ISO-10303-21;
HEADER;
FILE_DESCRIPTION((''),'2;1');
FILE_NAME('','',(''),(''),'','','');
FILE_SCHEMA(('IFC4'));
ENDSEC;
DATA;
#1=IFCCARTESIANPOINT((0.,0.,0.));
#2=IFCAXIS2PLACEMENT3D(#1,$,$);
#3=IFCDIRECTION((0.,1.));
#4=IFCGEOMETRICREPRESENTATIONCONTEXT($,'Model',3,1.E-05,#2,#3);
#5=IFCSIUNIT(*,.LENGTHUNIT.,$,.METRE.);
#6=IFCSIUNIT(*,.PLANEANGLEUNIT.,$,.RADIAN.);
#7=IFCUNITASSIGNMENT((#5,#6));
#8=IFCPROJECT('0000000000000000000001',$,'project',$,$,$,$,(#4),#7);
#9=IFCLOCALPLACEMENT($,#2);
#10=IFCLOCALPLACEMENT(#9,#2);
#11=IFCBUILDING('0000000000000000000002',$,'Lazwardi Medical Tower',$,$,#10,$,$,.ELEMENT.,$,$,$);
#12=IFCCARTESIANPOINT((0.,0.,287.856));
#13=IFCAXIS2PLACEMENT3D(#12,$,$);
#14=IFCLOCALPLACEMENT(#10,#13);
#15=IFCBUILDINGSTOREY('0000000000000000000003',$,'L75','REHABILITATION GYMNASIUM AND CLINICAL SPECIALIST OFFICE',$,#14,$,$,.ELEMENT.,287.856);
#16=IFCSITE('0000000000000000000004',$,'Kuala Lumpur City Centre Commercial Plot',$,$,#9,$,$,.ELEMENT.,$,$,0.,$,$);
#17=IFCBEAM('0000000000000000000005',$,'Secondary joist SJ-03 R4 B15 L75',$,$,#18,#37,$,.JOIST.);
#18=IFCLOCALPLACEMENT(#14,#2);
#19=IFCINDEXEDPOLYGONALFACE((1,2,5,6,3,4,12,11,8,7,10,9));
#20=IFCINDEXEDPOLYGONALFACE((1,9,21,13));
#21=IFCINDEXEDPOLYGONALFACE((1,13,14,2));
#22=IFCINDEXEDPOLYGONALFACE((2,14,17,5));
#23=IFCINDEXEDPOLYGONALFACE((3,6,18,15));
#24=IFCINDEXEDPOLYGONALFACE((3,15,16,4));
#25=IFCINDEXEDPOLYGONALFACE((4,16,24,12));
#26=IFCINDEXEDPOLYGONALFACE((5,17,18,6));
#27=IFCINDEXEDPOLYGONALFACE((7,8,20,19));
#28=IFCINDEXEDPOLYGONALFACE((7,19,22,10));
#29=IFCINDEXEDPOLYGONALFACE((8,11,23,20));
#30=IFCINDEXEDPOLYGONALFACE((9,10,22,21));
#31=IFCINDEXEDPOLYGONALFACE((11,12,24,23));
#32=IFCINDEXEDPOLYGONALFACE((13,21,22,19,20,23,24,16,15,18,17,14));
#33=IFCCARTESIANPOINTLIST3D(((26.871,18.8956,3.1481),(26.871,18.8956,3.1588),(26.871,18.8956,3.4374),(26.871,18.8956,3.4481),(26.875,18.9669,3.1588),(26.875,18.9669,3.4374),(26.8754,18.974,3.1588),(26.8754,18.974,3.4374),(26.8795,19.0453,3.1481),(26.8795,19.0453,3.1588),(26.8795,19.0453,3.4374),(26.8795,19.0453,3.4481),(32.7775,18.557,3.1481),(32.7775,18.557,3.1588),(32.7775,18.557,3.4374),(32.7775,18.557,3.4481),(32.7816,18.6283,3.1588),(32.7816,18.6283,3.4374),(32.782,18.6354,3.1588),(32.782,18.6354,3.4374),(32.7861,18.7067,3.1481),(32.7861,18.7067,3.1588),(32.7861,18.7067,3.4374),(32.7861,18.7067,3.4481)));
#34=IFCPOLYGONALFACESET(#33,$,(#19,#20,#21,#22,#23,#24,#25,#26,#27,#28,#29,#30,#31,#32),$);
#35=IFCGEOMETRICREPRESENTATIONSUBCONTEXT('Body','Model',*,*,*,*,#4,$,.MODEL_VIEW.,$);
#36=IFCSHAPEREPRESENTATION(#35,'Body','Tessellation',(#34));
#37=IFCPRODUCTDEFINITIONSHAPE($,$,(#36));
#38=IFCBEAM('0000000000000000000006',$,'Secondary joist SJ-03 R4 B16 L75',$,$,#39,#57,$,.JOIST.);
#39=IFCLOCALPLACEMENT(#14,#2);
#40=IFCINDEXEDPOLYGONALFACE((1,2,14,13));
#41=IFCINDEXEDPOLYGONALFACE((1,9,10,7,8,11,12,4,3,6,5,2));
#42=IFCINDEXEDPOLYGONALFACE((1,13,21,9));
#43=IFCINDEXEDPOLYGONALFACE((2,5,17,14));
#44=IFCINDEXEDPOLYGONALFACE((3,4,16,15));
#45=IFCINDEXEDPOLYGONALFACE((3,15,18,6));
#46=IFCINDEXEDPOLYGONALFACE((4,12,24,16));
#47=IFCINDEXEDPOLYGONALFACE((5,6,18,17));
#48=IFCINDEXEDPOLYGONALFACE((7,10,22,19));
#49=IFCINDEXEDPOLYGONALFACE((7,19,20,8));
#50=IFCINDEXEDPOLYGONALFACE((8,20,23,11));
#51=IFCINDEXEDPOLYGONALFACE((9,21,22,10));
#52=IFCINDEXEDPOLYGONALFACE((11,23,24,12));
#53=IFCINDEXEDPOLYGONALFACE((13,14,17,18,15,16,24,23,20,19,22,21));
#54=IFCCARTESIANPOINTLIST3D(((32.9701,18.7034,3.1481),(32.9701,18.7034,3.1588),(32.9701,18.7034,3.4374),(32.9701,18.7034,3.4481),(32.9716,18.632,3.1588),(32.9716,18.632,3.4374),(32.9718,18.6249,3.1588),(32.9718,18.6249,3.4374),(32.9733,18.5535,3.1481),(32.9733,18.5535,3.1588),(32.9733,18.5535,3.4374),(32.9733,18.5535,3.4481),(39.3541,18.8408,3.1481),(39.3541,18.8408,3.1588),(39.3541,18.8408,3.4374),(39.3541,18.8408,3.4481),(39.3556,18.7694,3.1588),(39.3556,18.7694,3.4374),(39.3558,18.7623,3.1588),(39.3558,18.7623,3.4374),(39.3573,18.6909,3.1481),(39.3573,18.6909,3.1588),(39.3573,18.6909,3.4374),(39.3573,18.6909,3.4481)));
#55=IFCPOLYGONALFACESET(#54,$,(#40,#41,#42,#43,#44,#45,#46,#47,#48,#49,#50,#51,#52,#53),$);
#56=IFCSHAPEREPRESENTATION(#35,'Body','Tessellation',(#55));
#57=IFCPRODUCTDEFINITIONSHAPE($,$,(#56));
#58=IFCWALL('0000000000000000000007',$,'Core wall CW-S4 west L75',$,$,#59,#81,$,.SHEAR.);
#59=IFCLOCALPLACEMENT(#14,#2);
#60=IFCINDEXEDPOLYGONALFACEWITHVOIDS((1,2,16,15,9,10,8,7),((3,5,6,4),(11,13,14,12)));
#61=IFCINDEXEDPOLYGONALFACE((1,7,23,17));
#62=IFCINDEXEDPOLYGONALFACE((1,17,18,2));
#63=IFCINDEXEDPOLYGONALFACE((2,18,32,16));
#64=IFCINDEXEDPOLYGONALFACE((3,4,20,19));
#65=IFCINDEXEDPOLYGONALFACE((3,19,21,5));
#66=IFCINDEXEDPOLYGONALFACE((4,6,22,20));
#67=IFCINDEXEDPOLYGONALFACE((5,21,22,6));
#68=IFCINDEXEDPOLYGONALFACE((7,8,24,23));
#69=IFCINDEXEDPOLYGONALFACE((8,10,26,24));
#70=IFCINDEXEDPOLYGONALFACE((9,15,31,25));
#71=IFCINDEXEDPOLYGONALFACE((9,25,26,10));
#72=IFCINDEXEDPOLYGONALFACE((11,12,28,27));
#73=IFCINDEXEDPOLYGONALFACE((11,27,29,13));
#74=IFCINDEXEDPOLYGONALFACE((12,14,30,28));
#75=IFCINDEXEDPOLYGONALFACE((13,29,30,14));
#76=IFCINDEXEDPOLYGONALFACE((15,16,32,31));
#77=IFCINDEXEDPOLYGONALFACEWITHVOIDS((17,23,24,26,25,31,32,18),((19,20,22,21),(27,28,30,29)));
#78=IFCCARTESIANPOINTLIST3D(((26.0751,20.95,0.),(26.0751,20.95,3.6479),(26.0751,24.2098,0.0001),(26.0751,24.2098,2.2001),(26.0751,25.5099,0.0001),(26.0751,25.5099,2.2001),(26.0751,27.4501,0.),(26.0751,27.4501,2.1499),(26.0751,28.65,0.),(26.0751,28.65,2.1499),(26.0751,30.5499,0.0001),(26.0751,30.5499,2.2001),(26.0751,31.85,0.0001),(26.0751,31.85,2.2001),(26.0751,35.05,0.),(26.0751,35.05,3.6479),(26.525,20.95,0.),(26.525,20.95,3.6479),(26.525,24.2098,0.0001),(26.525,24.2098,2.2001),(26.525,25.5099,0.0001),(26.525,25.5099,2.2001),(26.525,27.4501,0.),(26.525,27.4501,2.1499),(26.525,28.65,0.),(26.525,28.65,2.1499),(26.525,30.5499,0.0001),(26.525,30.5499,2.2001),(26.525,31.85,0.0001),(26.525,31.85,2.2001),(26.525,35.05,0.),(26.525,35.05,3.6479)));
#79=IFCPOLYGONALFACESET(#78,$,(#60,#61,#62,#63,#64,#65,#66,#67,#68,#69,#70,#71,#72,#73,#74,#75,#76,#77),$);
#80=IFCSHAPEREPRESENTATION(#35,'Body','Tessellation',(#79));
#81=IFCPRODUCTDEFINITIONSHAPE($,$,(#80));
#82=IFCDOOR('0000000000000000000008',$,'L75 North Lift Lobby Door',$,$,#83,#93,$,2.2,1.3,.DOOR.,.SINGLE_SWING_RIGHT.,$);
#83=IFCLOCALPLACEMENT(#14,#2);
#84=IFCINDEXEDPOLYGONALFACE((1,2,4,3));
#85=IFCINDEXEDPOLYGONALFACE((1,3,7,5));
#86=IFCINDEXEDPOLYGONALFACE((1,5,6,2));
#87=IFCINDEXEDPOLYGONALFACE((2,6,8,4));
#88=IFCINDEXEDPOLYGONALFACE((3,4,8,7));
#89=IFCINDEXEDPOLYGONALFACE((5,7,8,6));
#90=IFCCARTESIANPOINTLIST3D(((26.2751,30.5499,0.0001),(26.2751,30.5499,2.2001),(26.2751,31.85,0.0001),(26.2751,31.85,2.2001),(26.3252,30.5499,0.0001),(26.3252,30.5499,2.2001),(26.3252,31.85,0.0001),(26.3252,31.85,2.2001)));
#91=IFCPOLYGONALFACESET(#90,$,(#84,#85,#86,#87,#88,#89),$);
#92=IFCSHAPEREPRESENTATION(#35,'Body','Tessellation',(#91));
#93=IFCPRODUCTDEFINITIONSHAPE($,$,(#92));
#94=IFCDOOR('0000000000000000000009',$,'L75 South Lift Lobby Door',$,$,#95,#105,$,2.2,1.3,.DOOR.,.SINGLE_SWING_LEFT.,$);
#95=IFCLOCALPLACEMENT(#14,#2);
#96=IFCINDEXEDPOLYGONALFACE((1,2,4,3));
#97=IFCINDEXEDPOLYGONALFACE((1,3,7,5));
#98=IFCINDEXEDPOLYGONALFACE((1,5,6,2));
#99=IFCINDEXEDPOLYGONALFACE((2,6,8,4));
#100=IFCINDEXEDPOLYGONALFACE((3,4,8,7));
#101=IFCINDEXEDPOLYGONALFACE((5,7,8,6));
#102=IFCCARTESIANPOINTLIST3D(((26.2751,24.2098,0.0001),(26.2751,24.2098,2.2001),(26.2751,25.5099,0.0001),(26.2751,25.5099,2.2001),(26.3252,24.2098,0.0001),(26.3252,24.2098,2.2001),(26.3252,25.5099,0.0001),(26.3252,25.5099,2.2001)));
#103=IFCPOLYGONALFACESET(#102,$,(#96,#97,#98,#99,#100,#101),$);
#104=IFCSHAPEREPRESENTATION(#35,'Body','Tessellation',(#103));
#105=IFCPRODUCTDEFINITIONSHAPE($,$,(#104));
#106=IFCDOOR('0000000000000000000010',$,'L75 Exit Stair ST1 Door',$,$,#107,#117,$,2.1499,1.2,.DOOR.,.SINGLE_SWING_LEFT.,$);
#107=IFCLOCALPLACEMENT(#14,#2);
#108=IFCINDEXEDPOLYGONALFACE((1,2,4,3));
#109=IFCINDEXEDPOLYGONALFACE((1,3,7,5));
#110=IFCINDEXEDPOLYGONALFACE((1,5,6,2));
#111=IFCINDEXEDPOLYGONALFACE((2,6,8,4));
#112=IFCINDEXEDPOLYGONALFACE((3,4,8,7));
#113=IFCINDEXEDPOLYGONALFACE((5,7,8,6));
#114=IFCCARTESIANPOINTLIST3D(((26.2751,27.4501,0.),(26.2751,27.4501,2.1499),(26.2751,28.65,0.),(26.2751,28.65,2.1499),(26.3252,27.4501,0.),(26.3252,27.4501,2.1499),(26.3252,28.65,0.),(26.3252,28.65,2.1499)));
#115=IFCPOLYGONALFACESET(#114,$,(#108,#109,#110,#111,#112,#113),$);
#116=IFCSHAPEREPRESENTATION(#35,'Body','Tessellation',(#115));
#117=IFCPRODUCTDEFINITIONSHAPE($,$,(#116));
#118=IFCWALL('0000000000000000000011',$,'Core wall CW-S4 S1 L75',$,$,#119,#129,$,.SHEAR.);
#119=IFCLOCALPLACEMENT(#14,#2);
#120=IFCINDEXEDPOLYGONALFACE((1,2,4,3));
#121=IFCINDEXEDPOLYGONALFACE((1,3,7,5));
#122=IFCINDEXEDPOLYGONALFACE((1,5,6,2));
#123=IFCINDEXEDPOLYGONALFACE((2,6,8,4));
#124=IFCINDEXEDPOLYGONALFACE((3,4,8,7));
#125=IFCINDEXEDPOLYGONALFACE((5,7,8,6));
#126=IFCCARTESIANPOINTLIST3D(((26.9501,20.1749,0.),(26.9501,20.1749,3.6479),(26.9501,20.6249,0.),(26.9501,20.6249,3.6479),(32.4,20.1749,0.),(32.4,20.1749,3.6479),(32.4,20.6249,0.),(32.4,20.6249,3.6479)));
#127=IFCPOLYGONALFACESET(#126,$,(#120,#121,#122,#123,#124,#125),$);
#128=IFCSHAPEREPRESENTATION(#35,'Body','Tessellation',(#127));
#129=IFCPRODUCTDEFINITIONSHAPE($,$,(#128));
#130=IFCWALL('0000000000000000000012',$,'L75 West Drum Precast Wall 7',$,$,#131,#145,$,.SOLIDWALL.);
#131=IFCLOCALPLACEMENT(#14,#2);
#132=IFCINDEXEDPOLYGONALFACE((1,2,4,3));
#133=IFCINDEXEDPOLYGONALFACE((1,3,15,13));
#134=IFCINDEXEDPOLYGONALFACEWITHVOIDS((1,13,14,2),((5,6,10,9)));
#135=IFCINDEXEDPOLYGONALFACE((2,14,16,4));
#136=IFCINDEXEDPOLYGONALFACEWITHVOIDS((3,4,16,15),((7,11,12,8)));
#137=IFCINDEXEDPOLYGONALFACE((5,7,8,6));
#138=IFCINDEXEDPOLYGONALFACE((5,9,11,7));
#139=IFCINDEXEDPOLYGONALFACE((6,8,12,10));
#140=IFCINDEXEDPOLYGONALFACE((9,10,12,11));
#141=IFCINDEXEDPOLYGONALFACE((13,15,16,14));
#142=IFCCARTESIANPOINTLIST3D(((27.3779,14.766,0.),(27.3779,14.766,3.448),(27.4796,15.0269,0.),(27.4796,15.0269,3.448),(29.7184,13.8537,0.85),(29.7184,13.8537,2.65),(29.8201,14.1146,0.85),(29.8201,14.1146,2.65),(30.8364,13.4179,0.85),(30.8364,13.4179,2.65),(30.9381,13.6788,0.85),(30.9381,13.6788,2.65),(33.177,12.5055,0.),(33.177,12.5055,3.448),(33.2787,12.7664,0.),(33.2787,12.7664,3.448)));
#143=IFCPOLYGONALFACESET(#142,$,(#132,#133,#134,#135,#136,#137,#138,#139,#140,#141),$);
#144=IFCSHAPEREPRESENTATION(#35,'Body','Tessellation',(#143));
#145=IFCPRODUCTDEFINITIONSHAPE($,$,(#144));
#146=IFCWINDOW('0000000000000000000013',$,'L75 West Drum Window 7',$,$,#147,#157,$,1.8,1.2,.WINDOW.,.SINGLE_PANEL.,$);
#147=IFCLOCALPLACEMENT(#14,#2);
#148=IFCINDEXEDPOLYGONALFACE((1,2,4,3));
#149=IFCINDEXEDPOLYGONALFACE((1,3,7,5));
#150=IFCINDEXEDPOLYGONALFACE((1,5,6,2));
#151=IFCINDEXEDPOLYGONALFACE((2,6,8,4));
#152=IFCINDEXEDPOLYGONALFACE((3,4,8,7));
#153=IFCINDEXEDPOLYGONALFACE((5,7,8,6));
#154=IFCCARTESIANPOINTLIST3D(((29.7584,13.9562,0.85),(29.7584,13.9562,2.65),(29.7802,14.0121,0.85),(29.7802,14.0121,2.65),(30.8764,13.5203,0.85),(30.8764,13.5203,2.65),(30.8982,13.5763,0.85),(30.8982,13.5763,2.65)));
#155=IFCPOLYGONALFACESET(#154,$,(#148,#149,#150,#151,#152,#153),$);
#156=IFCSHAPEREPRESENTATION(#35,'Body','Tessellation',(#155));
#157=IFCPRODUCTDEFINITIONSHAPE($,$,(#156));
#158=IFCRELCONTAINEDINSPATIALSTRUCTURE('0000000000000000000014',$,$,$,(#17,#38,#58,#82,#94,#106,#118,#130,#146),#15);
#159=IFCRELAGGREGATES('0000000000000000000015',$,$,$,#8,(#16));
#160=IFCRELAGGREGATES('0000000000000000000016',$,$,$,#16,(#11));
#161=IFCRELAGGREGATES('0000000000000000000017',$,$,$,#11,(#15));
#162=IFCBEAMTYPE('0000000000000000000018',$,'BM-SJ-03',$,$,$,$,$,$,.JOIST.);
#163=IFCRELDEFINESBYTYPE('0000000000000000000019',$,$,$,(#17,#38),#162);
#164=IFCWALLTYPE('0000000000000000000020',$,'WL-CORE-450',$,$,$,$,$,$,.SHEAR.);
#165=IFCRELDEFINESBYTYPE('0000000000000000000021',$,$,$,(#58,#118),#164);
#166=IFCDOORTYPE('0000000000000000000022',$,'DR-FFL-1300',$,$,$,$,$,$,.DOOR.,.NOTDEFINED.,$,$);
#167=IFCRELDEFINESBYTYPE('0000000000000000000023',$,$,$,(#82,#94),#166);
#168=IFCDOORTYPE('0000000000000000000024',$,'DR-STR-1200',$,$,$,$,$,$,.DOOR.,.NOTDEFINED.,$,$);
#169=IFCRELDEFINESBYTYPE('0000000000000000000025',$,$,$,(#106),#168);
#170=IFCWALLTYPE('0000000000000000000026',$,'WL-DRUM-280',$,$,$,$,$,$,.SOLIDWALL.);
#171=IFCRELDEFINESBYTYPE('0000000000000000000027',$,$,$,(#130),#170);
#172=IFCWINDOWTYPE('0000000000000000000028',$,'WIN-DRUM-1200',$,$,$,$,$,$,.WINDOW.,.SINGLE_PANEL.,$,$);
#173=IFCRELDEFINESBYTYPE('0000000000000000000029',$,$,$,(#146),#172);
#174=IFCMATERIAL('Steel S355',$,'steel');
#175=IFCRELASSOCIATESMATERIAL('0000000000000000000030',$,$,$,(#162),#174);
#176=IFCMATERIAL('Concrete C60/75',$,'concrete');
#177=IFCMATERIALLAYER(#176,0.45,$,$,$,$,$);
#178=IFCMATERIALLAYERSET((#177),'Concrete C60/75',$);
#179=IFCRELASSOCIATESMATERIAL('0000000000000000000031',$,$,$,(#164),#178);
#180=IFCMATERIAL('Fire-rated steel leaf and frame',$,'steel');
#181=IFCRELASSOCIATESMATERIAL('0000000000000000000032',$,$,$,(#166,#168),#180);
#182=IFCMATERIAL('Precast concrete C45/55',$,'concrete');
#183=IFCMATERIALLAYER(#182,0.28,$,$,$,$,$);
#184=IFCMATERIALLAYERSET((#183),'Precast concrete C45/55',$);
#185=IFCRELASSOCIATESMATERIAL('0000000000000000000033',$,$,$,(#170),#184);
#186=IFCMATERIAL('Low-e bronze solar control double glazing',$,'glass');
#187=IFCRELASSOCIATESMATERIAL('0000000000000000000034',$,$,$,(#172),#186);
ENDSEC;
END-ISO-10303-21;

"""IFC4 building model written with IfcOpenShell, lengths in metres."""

from ifc_helpers import new_model, si_unit, direction, frame, frame_2d, origin, origin_2d, place, context, subcontext, project, spatial, rectangle, i_section, extrude, material, layer, layer_set, material_profile, profile_set, type_object, element, fill, save


model = new_model("IFC4")

# Units and contexts
model_context = context("Model", 3, precision=1e-05, world=origin(), true_north=direction((0.0, 1.0)))
body_context = subcontext(model_context, "Body", "Model", "MODEL_VIEW")
ifc_project = project(units=[si_unit("LENGTHUNIT", "METRE"), si_unit("PLANEANGLEUNIT", "RADIAN")], contexts=[model_context])

# Site, building, storey
site_placement = place(None, origin())
site = spatial("IfcSite", under=ifc_project, at=site_placement, Name="Kuala Lumpur City Centre Commercial Plot", CompositionType="ELEMENT", RefElevation=0.0)
building_placement = place(site_placement, origin())
building = spatial("IfcBuilding", under=site, at=building_placement, Name="Lazwardi Medical Tower", CompositionType="ELEMENT")
storey_placement = place(building_placement, frame((0.0, 0.0, 287.856)))
storey = spatial("IfcBuildingStorey", under=building, at=storey_placement, Name="L75", Description="REHABILITATION GYMNASIUM AND CLINICAL SPECIALIST OFFICE", CompositionType="ELEMENT", Elevation=287.856)

# Shared definitions
ifc_material_1 = material(Name="Concrete C60/75", Category="concrete")

# Beams
ifc_material_2 = material(Name="Steel S355", Category="steel")
ifc_material_profile_1 = material_profile(ifc_material_2, i_section(OverallWidth=0.1499, OverallDepth=0.3, WebThickness=0.0071, FlangeThickness=0.0107, at=origin_2d()), Name="IPE 300")
ifc_profile_set_1 = profile_set([ifc_material_profile_1], Name="Steel S355")
beam_type_1 = type_object("IfcBeamType", Name="BM-SJ-03", PredefinedType="JOIST", material=ifc_profile_set_1)
beam_1_placement = place(storey_placement, frame((26.8752, 18.9705, 3.2981), z_axis=(0.998361, -0.057237, 0.0), x_axis=(0.057237, 0.998361, 0.0)))
element("IfcBeam", 1, at=beam_1_placement, inside=storey, type_object=beam_type_1, Name="Secondary joist SJ-03 R4 B15 L75", PredefinedType="JOIST", context=body_context, shape_type="SweptSolid", body=[
    extrude(i_section(OverallWidth=0.1499, OverallDepth=0.3, WebThickness=0.0071, FlangeThickness=0.0107, at=origin_2d()), origin(), (0.0, 0.0, 1.0), 5.9163),
])
beam_2_placement = place(storey_placement, frame((32.9717, 18.6284, 3.2981), z_axis=(0.999768, 0.021525, 0.0), x_axis=(-0.021525, 0.999768, 0.0)))
element("IfcBeam", 2, at=beam_2_placement, inside=storey, type_object=beam_type_1, Name="Secondary joist SJ-03 R4 B16 L75", PredefinedType="JOIST", context=body_context, shape_type="SweptSolid", body=[
    extrude(i_section(OverallWidth=0.1499, OverallDepth=0.3, WebThickness=0.0071, FlangeThickness=0.0107, at=origin_2d()), origin(), (0.0, 0.0, 1.0), 6.3855),
])

# Wall, openings, doors
ifc_layer_1 = layer(ifc_material_1, 0.45)
ifc_layer_set_1 = layer_set([ifc_layer_1], Name="Concrete C60/75")
wall_type_1 = type_object("IfcWallType", Name="WL-CORE-450", PredefinedType="SHEAR", material=ifc_layer_set_1)
wall_1_placement = place(storey_placement, frame((26.3, 20.95, 0.0), z_axis=(0.0, 0.0, 1.0), x_axis=(0.0, 1.0, 0.0)))
wall_1 = element("IfcWall", 3, at=wall_1_placement, inside=storey, type_object=wall_type_1, Name="Core wall CW-S4 west L75", PredefinedType="SHEAR", context=body_context, shape_type="SweptSolid", body=[
    extrude(rectangle(XDim=14.1001, YDim=0.45, at=frame_2d((7.05, 0.0))), origin(), (0.0, 0.0, 1.0), 3.6479),
])
opening_1_placement = place(wall_1_placement, frame((6.5, 0.0, 0.0)))
opening_1 = element("IfcOpeningElement", 4, at=opening_1_placement, cuts=wall_1, PredefinedType="OPENING", context=body_context, shape_type="SweptSolid", body=[
    extrude(rectangle(XDim=1.2, YDim=2.1499, at=frame_2d((0.6001, 1.075))), frame((0.0, 0.2349, 0.0), z_axis=(0.0, -1.0, 0.0), x_axis=(1.0, 0.0, 0.0)), (0.0, 0.0, 1.0), 0.47),
])
opening_2_placement = place(wall_1_placement, frame((9.6001, 0.0, 0.0)))
opening_2 = element("IfcOpeningElement", 5, at=opening_2_placement, cuts=wall_1, PredefinedType="OPENING", context=body_context, shape_type="SweptSolid", body=[
    extrude(rectangle(XDim=1.3, YDim=2.2, at=frame_2d((0.6499, 1.1001))), frame((0.0, 0.2349, 0.0), z_axis=(0.0, -1.0, 0.0), x_axis=(1.0, 0.0, 0.0)), (0.0, 0.0, 1.0), 0.47),
])
opening_3_placement = place(wall_1_placement, frame((3.26, 0.0, 0.0)))
opening_3 = element("IfcOpeningElement", 6, at=opening_3_placement, cuts=wall_1, PredefinedType="OPENING", context=body_context, shape_type="SweptSolid", body=[
    extrude(rectangle(XDim=1.3, YDim=2.2, at=frame_2d((0.6499, 1.1001))), frame((0.0, 0.2349, 0.0), z_axis=(0.0, -1.0, 0.0), x_axis=(1.0, 0.0, 0.0)), (0.0, 0.0, 1.0), 0.47),
])
ifc_material_3 = material(Name="Fire-rated steel leaf and frame", Category="steel")
door_type_1 = type_object("IfcDoorType", Name="DR-FFL-1300", OperationType="NOTDEFINED", PredefinedType="DOOR", material=ifc_material_3)
door_1_placement = place(opening_2_placement, origin())
door_1 = element("IfcDoor", 7, at=door_1_placement, inside=storey, type_object=door_type_1, Name="L75 North Lift Lobby Door", OperationType="SINGLE_SWING_RIGHT", OverallHeight=2.2, OverallWidth=1.3, PredefinedType="DOOR", context=body_context, shape_type="SweptSolid", body=[
    extrude(rectangle(XDim=1.3, YDim=2.2, at=frame_2d((0.6499, 1.1001))), frame((0.0, 0.0249, 0.0), z_axis=(0.0, -1.0, 0.0), x_axis=(1.0, 0.0, 0.0)), (0.0, 0.0, 1.0), 0.05),
])
fill(opening_2, door_1)
door_2_placement = place(opening_3_placement, origin())
door_2 = element("IfcDoor", 8, at=door_2_placement, inside=storey, type_object=door_type_1, Name="L75 South Lift Lobby Door", OperationType="SINGLE_SWING_LEFT", OverallHeight=2.2, OverallWidth=1.3, PredefinedType="DOOR", context=body_context, shape_type="SweptSolid", body=[
    extrude(rectangle(XDim=1.3, YDim=2.2, at=frame_2d((0.6499, 1.1001))), frame((0.0, 0.0249, 0.0), z_axis=(0.0, -1.0, 0.0), x_axis=(1.0, 0.0, 0.0)), (0.0, 0.0, 1.0), 0.05),
])
fill(opening_3, door_2)
door_type_2 = type_object("IfcDoorType", Name="DR-STR-1200", OperationType="NOTDEFINED", PredefinedType="DOOR", material=ifc_material_3)
door_3_placement = place(opening_1_placement, origin())
door_3 = element("IfcDoor", 9, at=door_3_placement, inside=storey, type_object=door_type_2, Name="L75 Exit Stair ST1 Door", OperationType="SINGLE_SWING_LEFT", OverallHeight=2.1499, OverallWidth=1.2, PredefinedType="DOOR", context=body_context, shape_type="SweptSolid", body=[
    extrude(rectangle(XDim=1.2, YDim=2.1499, at=frame_2d((0.6001, 1.075))), frame((0.0, 0.0249, 0.0), z_axis=(0.0, -1.0, 0.0), x_axis=(1.0, 0.0, 0.0)), (0.0, 0.0, 1.0), 0.05),
])
fill(opening_1, door_3)

# Wall
wall_2_placement = place(storey_placement, frame((26.95, 20.3999, 0.0), z_axis=(0.0, 0.0, 1.0), x_axis=(1.0, 0.0, 0.0)))
element("IfcWall", 10, at=wall_2_placement, inside=storey, type_object=wall_type_1, Name="Core wall CW-S4 S1 L75", PredefinedType="SHEAR", context=body_context, shape_type="SweptSolid", body=[
    extrude(rectangle(XDim=5.45, YDim=0.45, at=frame_2d((2.7251, 0.0))), origin(), (0.0, 0.0, 1.0), 3.6479),
])

# Wall, opening, window
ifc_material_4 = material(Name="Precast concrete C45/55", Category="concrete")
ifc_layer_2 = layer(ifc_material_4, 0.28)
ifc_layer_set_2 = layer_set([ifc_layer_2], Name="Precast concrete C45/55")
wall_type_2 = type_object("IfcWallType", Name="WL-DRUM-280", PredefinedType="SOLIDWALL", material=ifc_layer_set_2)
wall_3_placement = place(storey_placement, frame((27.4287, 14.8965, 0.0), z_axis=(0.0, 0.0, 1.0), x_axis=(0.931717, -0.363186, 0.0)))
wall_3 = element("IfcWall", 11, at=wall_3_placement, inside=storey, type_object=wall_type_2, Name="L75 West Drum Precast Wall 7", PredefinedType="SOLIDWALL", context=body_context, shape_type="SweptSolid", body=[
    extrude(rectangle(XDim=6.2241, YDim=0.28, at=frame_2d((3.1121, 0.0))), origin(), (0.0, 0.0, 1.0), 3.448),
])
opening_4_placement = place(wall_3_placement, frame((2.512, 0.0, 0.8501)))
opening_4 = element("IfcOpeningElement", 12, at=opening_4_placement, cuts=wall_3, PredefinedType="OPENING", context=body_context, shape_type="SweptSolid", body=[
    extrude(rectangle(XDim=1.2, YDim=1.8, at=frame_2d((0.6001, 0.8999))), frame((0.0, 0.1499, 0.0), z_axis=(0.0, -1.0, 0.0), x_axis=(1.0, 0.0, 0.0)), (0.0, 0.0, 1.0), 0.3),
])
ifc_material_5 = material(Name="Low-e bronze solar control double glazing", Category="glass")
window_type_1 = type_object("IfcWindowType", Name="WIN-DRUM-1200", PartitioningType="SINGLE_PANEL", PredefinedType="WINDOW", material=ifc_material_5)
window_1_placement = place(opening_4_placement, origin())
window_1 = element("IfcWindow", 13, at=window_1_placement, inside=storey, type_object=window_type_1, Name="L75 West Drum Window 7", OverallHeight=1.8, OverallWidth=1.2, PartitioningType="SINGLE_PANEL", PredefinedType="WINDOW", context=body_context, shape_type="SweptSolid", body=[
    extrude(rectangle(XDim=1.2, YDim=1.8, at=frame_2d((0.6001, 0.8999))), frame((0.0, 0.03, 0.0), z_axis=(0.0, -1.0, 0.0), x_axis=(1.0, 0.0, 0.0)), (0.0, 0.0, 1.0), 0.0601),
])
fill(opening_4, window_1)

save(model, "model.ifc")
